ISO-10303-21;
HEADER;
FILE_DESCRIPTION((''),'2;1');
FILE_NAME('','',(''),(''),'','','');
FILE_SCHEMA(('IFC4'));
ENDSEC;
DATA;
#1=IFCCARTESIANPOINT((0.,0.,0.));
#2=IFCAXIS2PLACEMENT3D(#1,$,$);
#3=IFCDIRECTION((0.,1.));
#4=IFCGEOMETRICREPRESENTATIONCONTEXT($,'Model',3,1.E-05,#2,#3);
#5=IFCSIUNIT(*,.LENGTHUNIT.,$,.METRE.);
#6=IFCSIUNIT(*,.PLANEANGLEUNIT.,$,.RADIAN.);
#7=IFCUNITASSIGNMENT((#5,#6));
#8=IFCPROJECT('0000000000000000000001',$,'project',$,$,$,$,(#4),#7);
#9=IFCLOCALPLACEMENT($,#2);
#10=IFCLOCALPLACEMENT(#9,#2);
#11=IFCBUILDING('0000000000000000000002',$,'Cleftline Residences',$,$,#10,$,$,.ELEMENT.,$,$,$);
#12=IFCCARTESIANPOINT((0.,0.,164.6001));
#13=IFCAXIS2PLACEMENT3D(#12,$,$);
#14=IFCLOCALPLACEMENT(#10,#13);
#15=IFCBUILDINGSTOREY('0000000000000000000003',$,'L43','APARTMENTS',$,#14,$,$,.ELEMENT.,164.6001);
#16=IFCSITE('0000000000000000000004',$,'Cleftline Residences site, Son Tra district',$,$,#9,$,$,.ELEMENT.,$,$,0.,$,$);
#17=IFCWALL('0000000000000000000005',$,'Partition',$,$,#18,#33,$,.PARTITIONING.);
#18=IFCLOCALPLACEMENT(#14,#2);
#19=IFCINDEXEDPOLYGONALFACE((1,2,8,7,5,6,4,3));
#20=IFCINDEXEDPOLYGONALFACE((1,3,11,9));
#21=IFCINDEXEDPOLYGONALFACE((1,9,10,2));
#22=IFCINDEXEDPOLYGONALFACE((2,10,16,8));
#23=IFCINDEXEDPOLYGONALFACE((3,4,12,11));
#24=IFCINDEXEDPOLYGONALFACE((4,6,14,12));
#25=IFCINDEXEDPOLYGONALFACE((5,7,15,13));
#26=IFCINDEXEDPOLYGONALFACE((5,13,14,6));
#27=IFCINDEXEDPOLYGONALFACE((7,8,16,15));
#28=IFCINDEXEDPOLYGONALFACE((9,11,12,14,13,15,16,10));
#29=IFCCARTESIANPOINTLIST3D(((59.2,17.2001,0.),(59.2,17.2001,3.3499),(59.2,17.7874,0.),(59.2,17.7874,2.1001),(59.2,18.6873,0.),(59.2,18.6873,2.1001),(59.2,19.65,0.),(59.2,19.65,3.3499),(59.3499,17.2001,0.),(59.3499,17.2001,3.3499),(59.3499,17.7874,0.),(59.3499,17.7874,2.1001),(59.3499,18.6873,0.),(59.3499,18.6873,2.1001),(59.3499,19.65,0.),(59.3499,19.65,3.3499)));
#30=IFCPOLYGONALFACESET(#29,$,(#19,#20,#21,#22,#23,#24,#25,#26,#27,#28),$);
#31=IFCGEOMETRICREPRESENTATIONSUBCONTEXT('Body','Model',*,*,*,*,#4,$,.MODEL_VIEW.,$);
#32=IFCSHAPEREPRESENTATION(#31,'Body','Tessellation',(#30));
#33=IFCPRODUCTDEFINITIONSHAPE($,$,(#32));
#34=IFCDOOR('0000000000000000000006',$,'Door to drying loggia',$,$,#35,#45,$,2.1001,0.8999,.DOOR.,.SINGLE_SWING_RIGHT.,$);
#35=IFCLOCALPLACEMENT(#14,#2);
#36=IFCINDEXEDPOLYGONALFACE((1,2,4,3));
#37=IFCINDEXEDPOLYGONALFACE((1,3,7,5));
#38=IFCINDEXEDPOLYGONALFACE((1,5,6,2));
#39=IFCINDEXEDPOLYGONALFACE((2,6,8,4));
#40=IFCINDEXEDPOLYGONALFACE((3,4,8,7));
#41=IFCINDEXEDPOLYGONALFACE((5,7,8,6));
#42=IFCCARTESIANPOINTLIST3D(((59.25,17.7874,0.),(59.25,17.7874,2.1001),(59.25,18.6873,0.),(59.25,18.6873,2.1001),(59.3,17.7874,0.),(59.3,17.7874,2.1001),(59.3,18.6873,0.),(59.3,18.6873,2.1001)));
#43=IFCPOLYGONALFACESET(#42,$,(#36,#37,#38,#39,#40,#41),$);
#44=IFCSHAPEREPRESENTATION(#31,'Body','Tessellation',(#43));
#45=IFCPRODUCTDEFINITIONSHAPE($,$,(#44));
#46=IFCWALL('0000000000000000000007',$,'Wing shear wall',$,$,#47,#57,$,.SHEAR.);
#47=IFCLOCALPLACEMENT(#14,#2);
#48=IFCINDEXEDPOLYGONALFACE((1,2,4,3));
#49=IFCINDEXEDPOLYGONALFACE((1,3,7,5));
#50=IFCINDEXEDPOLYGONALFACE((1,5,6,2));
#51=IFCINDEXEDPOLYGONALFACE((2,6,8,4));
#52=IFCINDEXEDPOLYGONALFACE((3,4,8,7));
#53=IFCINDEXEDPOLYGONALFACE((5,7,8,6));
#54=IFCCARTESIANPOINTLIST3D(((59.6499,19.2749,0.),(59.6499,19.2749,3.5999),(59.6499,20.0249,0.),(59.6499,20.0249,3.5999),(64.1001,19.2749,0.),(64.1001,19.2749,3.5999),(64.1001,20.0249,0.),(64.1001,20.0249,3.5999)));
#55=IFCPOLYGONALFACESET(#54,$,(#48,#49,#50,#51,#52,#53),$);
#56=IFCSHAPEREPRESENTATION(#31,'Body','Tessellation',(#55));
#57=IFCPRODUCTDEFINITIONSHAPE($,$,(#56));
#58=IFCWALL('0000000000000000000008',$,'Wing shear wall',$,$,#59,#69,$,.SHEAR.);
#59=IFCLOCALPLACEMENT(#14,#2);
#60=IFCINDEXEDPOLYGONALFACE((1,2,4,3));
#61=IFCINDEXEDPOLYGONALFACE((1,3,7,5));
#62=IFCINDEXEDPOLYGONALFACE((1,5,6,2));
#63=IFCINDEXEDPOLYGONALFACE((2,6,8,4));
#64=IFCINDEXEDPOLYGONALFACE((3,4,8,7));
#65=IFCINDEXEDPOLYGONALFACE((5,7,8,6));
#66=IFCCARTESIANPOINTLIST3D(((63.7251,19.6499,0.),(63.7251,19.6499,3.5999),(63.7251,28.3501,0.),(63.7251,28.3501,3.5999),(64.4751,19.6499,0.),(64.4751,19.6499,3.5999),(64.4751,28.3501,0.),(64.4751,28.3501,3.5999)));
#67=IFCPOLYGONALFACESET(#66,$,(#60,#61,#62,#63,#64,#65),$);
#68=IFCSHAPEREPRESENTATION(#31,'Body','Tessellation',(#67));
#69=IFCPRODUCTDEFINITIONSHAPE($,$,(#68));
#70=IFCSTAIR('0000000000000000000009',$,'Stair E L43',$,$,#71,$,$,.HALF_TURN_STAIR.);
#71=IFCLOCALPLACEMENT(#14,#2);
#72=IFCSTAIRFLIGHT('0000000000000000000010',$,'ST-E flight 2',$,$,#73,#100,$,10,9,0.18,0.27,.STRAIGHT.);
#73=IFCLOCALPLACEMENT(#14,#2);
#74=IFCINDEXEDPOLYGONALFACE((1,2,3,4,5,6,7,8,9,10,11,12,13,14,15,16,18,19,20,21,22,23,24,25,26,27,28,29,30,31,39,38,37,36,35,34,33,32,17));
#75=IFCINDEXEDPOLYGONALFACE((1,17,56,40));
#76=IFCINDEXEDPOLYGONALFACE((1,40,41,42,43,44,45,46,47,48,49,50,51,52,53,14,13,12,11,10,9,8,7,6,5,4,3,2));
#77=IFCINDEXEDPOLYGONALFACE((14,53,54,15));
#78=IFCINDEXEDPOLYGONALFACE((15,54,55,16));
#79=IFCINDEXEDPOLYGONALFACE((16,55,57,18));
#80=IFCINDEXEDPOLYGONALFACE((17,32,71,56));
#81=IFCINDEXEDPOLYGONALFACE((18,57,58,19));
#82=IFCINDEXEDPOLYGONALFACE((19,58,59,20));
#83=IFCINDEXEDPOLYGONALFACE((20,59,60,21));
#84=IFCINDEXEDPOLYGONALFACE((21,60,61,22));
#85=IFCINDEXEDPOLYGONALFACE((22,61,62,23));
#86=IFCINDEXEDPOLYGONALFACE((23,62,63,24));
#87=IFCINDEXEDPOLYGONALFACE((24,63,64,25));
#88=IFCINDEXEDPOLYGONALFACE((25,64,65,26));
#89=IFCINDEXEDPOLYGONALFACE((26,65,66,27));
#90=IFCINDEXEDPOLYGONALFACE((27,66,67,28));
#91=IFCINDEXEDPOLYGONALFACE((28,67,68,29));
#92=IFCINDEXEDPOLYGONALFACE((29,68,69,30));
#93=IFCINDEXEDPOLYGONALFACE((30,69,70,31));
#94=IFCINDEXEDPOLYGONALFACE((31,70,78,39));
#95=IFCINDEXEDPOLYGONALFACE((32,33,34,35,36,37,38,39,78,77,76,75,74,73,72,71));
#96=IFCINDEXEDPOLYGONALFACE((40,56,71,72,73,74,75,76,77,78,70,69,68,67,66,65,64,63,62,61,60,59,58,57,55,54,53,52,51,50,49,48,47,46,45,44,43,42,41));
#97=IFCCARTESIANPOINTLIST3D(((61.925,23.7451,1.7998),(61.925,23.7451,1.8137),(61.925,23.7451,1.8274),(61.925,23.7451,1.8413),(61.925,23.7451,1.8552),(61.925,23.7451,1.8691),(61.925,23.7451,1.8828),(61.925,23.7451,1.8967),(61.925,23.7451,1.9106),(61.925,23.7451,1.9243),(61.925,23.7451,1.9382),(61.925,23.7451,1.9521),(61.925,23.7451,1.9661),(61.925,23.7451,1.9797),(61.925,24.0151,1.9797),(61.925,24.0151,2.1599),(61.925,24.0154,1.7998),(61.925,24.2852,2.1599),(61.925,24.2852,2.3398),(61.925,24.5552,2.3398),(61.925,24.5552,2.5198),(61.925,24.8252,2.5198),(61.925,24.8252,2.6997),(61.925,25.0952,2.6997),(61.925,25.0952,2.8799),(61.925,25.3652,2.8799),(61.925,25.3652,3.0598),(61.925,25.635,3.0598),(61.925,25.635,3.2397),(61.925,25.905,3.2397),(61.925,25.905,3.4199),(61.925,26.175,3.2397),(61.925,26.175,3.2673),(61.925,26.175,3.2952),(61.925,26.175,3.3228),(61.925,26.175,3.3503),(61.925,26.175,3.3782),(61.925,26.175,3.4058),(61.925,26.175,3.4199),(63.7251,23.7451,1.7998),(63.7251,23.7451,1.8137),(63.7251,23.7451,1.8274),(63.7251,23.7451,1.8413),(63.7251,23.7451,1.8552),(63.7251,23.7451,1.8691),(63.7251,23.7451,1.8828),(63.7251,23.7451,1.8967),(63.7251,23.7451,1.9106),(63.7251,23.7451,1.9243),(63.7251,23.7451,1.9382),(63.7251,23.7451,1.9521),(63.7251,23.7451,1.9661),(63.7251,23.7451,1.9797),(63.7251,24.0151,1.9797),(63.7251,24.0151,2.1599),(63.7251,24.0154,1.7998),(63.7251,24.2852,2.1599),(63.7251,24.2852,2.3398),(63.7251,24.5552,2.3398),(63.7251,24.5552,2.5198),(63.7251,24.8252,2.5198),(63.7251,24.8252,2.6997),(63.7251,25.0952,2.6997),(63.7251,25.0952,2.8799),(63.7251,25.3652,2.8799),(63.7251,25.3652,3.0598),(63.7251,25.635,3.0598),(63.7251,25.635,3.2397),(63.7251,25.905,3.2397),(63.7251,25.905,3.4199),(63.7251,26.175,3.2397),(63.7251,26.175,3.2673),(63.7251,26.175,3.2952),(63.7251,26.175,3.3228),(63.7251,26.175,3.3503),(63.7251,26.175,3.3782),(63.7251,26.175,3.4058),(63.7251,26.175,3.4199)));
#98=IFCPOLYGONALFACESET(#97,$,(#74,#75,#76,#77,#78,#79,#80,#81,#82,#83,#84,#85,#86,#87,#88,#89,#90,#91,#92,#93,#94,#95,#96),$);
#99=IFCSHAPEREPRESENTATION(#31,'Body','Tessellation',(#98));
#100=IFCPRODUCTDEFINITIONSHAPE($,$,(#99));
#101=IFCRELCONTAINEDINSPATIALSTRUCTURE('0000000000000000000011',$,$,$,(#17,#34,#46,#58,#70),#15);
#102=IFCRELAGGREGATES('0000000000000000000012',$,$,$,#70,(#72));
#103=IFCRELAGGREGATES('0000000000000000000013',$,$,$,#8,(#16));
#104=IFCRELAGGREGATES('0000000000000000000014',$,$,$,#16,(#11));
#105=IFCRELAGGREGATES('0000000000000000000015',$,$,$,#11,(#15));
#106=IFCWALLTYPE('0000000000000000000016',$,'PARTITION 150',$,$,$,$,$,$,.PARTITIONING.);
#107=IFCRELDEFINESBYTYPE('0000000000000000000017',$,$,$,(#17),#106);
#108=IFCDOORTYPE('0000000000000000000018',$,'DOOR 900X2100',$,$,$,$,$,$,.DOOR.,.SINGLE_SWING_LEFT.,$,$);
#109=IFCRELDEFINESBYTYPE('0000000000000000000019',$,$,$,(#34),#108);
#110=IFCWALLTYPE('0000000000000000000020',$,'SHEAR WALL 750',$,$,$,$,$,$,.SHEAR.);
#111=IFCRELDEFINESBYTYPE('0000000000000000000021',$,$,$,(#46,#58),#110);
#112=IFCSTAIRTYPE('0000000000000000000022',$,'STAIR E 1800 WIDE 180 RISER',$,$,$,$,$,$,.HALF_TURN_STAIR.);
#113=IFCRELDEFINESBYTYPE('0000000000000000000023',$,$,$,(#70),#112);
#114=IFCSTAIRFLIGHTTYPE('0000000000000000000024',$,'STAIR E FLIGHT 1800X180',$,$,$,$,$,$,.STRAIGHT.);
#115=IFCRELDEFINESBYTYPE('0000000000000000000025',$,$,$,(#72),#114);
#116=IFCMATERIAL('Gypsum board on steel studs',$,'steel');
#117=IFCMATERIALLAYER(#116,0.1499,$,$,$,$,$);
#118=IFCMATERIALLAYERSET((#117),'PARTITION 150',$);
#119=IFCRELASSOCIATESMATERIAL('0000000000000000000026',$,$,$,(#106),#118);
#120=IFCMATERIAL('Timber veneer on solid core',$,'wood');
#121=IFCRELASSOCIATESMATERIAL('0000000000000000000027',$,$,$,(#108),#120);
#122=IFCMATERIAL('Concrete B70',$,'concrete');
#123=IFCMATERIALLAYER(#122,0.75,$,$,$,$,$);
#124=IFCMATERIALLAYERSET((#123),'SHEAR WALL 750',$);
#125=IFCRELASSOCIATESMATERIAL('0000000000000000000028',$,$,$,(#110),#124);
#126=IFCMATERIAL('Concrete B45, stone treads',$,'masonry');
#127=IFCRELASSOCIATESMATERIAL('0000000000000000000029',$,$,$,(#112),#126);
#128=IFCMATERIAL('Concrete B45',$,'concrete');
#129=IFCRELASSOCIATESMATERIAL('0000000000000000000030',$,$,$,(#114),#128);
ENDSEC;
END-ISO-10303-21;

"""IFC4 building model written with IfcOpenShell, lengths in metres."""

from ifc_helpers import new_model, si_unit, direction, frame, frame_2d, origin, place, context, subcontext, project, spatial, polyline, rectangle, outline, extrude, material, layer, layer_set, type_object, element, fill, aggregate, save


model = new_model("IFC4")

# Units and contexts
model_context = context("Model", 3, precision=1e-05, world=origin(), true_north=direction((0.0, 1.0)))
body_context = subcontext(model_context, "Body", "Model", "MODEL_VIEW")
ifc_project = project(units=[si_unit("LENGTHUNIT", "METRE"), si_unit("PLANEANGLEUNIT", "RADIAN")], contexts=[model_context])

# Site, building, storey
site_placement = place(None, origin())
site = spatial("IfcSite", under=ifc_project, at=site_placement, Name="Cleftline Residences site, Son Tra district", CompositionType="ELEMENT", RefElevation=0.0)
building_placement = place(site_placement, origin())
building = spatial("IfcBuilding", under=site, at=building_placement, Name="Cleftline Residences", CompositionType="ELEMENT")
storey_placement = place(building_placement, frame((0.0, 0.0, 164.6001)))
storey = spatial("IfcBuildingStorey", under=building, at=storey_placement, Name="L43", Description="APARTMENTS", CompositionType="ELEMENT", Elevation=164.6001)

# Shared definitions
ifc_material_1 = material(Name="Gypsum board on steel studs", Category="steel")
ifc_layer_1 = layer(ifc_material_1, 0.1499)
ifc_layer_set_1 = layer_set([ifc_layer_1], Name="PARTITION 150")
wall_type_1 = type_object("IfcWallType", Name="PARTITION 150", PredefinedType="PARTITIONING", material=ifc_layer_set_1)

# Wall, opening, door
wall_1_placement = place(storey_placement, frame((59.2749, 17.2, 0.0), z_axis=(0.0, 0.0, 1.0), x_axis=(0.0, 1.0, 0.0)))
wall_1 = element("IfcWall", 1, at=wall_1_placement, inside=storey, type_object=wall_type_1, Name="Partition", PredefinedType="PARTITIONING", context=body_context, shape_type="SweptSolid", body=[
    extrude(rectangle(XDim=2.45, YDim=0.1499, at=frame_2d((1.2251, 0.0))), origin(), (0.0, 0.0, 1.0), 3.3499),
])
opening_1_placement = place(wall_1_placement, frame((0.5874, 0.0, 0.0)))
opening_1 = element("IfcOpeningElement", 2, at=opening_1_placement, cuts=wall_1, PredefinedType="OPENING", context=body_context, shape_type="SweptSolid", body=[
    extrude(rectangle(XDim=0.8999, YDim=2.1001, at=frame_2d((0.45, 1.05))), frame((0.0, 0.085, 0.0), z_axis=(0.0, -1.0, 0.0), x_axis=(1.0, 0.0, 0.0)), (0.0, 0.0, 1.0), 0.1699),
])
ifc_material_2 = material(Name="Timber veneer on solid core", Category="wood")
door_type_1 = type_object("IfcDoorType", Name="DOOR 900X2100", OperationType="SINGLE_SWING_LEFT", PredefinedType="DOOR", material=ifc_material_2)
door_1_placement = place(opening_1_placement, origin())
door_1 = element("IfcDoor", 3, at=door_1_placement, inside=storey, type_object=door_type_1, Name="Door to drying loggia", OperationType="SINGLE_SWING_RIGHT", OverallHeight=2.1001, OverallWidth=0.8999, PredefinedType="DOOR", context=body_context, shape_type="SweptSolid", body=[
    extrude(rectangle(XDim=0.8999, YDim=2.1001, at=frame_2d((0.45, 1.05))), frame((0.0, 0.0249, 0.0), z_axis=(0.0, -1.0, 0.0), x_axis=(1.0, 0.0, 0.0)), (0.0, 0.0, 1.0), 0.05),
])
fill(opening_1, door_1)

# Walls
ifc_material_3 = material(Name="Concrete B70", Category="concrete")
ifc_layer_2 = layer(ifc_material_3, 0.75)
ifc_layer_set_2 = layer_set([ifc_layer_2], Name="SHEAR WALL 750")
wall_type_2 = type_object("IfcWallType", Name="SHEAR WALL 750", PredefinedType="SHEAR", material=ifc_layer_set_2)
wall_2_placement = place(storey_placement, frame((59.6499, 19.6499, 0.0), z_axis=(0.0, 0.0, 1.0), x_axis=(1.0, 0.0, 0.0)))
element("IfcWall", 4, at=wall_2_placement, inside=storey, type_object=wall_type_2, Name="Wing shear wall", PredefinedType="SHEAR", context=body_context, shape_type="SweptSolid", body=[
    extrude(rectangle(XDim=4.4502, YDim=0.75, at=frame_2d((2.2251, 0.0))), origin(), (0.0, 0.0, 1.0), 3.5999),
])
wall_3_placement = place(storey_placement, frame((64.1001, 19.6499, 0.0), z_axis=(0.0, 0.0, 1.0), x_axis=(0.0, 1.0, 0.0)))
element("IfcWall", 5, at=wall_3_placement, inside=storey, type_object=wall_type_2, Name="Wing shear wall", PredefinedType="SHEAR", context=body_context, shape_type="SweptSolid", body=[
    extrude(rectangle(XDim=8.7002, YDim=0.75, at=frame_2d((4.3501, 0.0))), origin(), (0.0, 0.0, 1.0), 3.5999),
])

# Stair, stair flight
ifc_material_4 = material(Name="Concrete B45, stone treads", Category="masonry")
stair_type = type_object("IfcStairType", Name="STAIR E 1800 WIDE 180 RISER", PredefinedType="HALF_TURN_STAIR", material=ifc_material_4)
stair_placement = place(storey_placement, origin())
stair = element("IfcStair", 6, at=stair_placement, inside=storey, type_object=stair_type, Name="Stair E L43", PredefinedType="HALF_TURN_STAIR")
ifc_material_5 = material(Name="Concrete B45", Category="concrete")
stair_flight_type = type_object("IfcStairFlightType", Name="STAIR E FLIGHT 1800X180", PredefinedType="STRAIGHT", material=ifc_material_5)
stair_flight_placement = place(storey_placement, frame((62.825, 23.7451, 1.7998), z_axis=(0.0, 0.0, 1.0), x_axis=(0.0, 1.0, 0.0)))
stair_flight = element("IfcStairFlight", 7, at=stair_flight_placement, type_object=stair_flight_type, Name="ST-E flight 2", NumberOfRisers=10, NumberOfTreads=9, PredefinedType="STRAIGHT", RiserHeight=0.18, TreadLength=0.27, context=body_context, shape_type="SweptSolid", body=[
    extrude(outline(polyline([(0.0, 0.0), (0.0, 0.0139), (0.0, 0.0276), (0.0, 0.0415), (0.0, 0.0554), (0.0, 0.0693), (0.0, 0.083), (0.0, 0.0969), (0.0, 0.1108), (0.0, 0.1245), (0.0, 0.1384), (0.0, 0.1523), (0.0, 0.1663), (0.0, 0.1799), (0.27, 0.1799), (0.27, 0.3601), (0.54, 0.3601), (0.54, 0.54), (0.8101, 0.54), (0.8101, 0.72), (1.0801, 0.72), (1.0801, 0.8999), (1.3501, 0.8999), (1.3501, 1.0801), (1.6201, 1.0801), (1.6201, 1.26), (1.8899, 1.26), (1.8899, 1.4399), (2.1599, 1.4399), (2.1599, 1.6201), (2.4299, 1.6201), (2.4299, 1.8), (2.4299, 1.7722), (2.4299, 1.7446), (2.4299, 1.7168), (2.4299, 1.6892), (2.4299, 1.6614), (2.4299, 1.6338), (2.4299, 1.606), (2.4299, 1.5784), (2.4299, 1.5505), (2.4299, 1.5229), (2.4299, 1.4954), (2.4299, 1.4675), (2.4299, 1.4399), (0.2703, 0.0), (0.0, 0.0)])), frame((0.0, 0.8999, 0.0), z_axis=(0.0, -1.0, 0.0), x_axis=(1.0, 0.0, 0.0)), (0.0, 0.0, 1.0), 1.8),
])
aggregate(stair, [stair_flight])

save(model, "model.ifc")
